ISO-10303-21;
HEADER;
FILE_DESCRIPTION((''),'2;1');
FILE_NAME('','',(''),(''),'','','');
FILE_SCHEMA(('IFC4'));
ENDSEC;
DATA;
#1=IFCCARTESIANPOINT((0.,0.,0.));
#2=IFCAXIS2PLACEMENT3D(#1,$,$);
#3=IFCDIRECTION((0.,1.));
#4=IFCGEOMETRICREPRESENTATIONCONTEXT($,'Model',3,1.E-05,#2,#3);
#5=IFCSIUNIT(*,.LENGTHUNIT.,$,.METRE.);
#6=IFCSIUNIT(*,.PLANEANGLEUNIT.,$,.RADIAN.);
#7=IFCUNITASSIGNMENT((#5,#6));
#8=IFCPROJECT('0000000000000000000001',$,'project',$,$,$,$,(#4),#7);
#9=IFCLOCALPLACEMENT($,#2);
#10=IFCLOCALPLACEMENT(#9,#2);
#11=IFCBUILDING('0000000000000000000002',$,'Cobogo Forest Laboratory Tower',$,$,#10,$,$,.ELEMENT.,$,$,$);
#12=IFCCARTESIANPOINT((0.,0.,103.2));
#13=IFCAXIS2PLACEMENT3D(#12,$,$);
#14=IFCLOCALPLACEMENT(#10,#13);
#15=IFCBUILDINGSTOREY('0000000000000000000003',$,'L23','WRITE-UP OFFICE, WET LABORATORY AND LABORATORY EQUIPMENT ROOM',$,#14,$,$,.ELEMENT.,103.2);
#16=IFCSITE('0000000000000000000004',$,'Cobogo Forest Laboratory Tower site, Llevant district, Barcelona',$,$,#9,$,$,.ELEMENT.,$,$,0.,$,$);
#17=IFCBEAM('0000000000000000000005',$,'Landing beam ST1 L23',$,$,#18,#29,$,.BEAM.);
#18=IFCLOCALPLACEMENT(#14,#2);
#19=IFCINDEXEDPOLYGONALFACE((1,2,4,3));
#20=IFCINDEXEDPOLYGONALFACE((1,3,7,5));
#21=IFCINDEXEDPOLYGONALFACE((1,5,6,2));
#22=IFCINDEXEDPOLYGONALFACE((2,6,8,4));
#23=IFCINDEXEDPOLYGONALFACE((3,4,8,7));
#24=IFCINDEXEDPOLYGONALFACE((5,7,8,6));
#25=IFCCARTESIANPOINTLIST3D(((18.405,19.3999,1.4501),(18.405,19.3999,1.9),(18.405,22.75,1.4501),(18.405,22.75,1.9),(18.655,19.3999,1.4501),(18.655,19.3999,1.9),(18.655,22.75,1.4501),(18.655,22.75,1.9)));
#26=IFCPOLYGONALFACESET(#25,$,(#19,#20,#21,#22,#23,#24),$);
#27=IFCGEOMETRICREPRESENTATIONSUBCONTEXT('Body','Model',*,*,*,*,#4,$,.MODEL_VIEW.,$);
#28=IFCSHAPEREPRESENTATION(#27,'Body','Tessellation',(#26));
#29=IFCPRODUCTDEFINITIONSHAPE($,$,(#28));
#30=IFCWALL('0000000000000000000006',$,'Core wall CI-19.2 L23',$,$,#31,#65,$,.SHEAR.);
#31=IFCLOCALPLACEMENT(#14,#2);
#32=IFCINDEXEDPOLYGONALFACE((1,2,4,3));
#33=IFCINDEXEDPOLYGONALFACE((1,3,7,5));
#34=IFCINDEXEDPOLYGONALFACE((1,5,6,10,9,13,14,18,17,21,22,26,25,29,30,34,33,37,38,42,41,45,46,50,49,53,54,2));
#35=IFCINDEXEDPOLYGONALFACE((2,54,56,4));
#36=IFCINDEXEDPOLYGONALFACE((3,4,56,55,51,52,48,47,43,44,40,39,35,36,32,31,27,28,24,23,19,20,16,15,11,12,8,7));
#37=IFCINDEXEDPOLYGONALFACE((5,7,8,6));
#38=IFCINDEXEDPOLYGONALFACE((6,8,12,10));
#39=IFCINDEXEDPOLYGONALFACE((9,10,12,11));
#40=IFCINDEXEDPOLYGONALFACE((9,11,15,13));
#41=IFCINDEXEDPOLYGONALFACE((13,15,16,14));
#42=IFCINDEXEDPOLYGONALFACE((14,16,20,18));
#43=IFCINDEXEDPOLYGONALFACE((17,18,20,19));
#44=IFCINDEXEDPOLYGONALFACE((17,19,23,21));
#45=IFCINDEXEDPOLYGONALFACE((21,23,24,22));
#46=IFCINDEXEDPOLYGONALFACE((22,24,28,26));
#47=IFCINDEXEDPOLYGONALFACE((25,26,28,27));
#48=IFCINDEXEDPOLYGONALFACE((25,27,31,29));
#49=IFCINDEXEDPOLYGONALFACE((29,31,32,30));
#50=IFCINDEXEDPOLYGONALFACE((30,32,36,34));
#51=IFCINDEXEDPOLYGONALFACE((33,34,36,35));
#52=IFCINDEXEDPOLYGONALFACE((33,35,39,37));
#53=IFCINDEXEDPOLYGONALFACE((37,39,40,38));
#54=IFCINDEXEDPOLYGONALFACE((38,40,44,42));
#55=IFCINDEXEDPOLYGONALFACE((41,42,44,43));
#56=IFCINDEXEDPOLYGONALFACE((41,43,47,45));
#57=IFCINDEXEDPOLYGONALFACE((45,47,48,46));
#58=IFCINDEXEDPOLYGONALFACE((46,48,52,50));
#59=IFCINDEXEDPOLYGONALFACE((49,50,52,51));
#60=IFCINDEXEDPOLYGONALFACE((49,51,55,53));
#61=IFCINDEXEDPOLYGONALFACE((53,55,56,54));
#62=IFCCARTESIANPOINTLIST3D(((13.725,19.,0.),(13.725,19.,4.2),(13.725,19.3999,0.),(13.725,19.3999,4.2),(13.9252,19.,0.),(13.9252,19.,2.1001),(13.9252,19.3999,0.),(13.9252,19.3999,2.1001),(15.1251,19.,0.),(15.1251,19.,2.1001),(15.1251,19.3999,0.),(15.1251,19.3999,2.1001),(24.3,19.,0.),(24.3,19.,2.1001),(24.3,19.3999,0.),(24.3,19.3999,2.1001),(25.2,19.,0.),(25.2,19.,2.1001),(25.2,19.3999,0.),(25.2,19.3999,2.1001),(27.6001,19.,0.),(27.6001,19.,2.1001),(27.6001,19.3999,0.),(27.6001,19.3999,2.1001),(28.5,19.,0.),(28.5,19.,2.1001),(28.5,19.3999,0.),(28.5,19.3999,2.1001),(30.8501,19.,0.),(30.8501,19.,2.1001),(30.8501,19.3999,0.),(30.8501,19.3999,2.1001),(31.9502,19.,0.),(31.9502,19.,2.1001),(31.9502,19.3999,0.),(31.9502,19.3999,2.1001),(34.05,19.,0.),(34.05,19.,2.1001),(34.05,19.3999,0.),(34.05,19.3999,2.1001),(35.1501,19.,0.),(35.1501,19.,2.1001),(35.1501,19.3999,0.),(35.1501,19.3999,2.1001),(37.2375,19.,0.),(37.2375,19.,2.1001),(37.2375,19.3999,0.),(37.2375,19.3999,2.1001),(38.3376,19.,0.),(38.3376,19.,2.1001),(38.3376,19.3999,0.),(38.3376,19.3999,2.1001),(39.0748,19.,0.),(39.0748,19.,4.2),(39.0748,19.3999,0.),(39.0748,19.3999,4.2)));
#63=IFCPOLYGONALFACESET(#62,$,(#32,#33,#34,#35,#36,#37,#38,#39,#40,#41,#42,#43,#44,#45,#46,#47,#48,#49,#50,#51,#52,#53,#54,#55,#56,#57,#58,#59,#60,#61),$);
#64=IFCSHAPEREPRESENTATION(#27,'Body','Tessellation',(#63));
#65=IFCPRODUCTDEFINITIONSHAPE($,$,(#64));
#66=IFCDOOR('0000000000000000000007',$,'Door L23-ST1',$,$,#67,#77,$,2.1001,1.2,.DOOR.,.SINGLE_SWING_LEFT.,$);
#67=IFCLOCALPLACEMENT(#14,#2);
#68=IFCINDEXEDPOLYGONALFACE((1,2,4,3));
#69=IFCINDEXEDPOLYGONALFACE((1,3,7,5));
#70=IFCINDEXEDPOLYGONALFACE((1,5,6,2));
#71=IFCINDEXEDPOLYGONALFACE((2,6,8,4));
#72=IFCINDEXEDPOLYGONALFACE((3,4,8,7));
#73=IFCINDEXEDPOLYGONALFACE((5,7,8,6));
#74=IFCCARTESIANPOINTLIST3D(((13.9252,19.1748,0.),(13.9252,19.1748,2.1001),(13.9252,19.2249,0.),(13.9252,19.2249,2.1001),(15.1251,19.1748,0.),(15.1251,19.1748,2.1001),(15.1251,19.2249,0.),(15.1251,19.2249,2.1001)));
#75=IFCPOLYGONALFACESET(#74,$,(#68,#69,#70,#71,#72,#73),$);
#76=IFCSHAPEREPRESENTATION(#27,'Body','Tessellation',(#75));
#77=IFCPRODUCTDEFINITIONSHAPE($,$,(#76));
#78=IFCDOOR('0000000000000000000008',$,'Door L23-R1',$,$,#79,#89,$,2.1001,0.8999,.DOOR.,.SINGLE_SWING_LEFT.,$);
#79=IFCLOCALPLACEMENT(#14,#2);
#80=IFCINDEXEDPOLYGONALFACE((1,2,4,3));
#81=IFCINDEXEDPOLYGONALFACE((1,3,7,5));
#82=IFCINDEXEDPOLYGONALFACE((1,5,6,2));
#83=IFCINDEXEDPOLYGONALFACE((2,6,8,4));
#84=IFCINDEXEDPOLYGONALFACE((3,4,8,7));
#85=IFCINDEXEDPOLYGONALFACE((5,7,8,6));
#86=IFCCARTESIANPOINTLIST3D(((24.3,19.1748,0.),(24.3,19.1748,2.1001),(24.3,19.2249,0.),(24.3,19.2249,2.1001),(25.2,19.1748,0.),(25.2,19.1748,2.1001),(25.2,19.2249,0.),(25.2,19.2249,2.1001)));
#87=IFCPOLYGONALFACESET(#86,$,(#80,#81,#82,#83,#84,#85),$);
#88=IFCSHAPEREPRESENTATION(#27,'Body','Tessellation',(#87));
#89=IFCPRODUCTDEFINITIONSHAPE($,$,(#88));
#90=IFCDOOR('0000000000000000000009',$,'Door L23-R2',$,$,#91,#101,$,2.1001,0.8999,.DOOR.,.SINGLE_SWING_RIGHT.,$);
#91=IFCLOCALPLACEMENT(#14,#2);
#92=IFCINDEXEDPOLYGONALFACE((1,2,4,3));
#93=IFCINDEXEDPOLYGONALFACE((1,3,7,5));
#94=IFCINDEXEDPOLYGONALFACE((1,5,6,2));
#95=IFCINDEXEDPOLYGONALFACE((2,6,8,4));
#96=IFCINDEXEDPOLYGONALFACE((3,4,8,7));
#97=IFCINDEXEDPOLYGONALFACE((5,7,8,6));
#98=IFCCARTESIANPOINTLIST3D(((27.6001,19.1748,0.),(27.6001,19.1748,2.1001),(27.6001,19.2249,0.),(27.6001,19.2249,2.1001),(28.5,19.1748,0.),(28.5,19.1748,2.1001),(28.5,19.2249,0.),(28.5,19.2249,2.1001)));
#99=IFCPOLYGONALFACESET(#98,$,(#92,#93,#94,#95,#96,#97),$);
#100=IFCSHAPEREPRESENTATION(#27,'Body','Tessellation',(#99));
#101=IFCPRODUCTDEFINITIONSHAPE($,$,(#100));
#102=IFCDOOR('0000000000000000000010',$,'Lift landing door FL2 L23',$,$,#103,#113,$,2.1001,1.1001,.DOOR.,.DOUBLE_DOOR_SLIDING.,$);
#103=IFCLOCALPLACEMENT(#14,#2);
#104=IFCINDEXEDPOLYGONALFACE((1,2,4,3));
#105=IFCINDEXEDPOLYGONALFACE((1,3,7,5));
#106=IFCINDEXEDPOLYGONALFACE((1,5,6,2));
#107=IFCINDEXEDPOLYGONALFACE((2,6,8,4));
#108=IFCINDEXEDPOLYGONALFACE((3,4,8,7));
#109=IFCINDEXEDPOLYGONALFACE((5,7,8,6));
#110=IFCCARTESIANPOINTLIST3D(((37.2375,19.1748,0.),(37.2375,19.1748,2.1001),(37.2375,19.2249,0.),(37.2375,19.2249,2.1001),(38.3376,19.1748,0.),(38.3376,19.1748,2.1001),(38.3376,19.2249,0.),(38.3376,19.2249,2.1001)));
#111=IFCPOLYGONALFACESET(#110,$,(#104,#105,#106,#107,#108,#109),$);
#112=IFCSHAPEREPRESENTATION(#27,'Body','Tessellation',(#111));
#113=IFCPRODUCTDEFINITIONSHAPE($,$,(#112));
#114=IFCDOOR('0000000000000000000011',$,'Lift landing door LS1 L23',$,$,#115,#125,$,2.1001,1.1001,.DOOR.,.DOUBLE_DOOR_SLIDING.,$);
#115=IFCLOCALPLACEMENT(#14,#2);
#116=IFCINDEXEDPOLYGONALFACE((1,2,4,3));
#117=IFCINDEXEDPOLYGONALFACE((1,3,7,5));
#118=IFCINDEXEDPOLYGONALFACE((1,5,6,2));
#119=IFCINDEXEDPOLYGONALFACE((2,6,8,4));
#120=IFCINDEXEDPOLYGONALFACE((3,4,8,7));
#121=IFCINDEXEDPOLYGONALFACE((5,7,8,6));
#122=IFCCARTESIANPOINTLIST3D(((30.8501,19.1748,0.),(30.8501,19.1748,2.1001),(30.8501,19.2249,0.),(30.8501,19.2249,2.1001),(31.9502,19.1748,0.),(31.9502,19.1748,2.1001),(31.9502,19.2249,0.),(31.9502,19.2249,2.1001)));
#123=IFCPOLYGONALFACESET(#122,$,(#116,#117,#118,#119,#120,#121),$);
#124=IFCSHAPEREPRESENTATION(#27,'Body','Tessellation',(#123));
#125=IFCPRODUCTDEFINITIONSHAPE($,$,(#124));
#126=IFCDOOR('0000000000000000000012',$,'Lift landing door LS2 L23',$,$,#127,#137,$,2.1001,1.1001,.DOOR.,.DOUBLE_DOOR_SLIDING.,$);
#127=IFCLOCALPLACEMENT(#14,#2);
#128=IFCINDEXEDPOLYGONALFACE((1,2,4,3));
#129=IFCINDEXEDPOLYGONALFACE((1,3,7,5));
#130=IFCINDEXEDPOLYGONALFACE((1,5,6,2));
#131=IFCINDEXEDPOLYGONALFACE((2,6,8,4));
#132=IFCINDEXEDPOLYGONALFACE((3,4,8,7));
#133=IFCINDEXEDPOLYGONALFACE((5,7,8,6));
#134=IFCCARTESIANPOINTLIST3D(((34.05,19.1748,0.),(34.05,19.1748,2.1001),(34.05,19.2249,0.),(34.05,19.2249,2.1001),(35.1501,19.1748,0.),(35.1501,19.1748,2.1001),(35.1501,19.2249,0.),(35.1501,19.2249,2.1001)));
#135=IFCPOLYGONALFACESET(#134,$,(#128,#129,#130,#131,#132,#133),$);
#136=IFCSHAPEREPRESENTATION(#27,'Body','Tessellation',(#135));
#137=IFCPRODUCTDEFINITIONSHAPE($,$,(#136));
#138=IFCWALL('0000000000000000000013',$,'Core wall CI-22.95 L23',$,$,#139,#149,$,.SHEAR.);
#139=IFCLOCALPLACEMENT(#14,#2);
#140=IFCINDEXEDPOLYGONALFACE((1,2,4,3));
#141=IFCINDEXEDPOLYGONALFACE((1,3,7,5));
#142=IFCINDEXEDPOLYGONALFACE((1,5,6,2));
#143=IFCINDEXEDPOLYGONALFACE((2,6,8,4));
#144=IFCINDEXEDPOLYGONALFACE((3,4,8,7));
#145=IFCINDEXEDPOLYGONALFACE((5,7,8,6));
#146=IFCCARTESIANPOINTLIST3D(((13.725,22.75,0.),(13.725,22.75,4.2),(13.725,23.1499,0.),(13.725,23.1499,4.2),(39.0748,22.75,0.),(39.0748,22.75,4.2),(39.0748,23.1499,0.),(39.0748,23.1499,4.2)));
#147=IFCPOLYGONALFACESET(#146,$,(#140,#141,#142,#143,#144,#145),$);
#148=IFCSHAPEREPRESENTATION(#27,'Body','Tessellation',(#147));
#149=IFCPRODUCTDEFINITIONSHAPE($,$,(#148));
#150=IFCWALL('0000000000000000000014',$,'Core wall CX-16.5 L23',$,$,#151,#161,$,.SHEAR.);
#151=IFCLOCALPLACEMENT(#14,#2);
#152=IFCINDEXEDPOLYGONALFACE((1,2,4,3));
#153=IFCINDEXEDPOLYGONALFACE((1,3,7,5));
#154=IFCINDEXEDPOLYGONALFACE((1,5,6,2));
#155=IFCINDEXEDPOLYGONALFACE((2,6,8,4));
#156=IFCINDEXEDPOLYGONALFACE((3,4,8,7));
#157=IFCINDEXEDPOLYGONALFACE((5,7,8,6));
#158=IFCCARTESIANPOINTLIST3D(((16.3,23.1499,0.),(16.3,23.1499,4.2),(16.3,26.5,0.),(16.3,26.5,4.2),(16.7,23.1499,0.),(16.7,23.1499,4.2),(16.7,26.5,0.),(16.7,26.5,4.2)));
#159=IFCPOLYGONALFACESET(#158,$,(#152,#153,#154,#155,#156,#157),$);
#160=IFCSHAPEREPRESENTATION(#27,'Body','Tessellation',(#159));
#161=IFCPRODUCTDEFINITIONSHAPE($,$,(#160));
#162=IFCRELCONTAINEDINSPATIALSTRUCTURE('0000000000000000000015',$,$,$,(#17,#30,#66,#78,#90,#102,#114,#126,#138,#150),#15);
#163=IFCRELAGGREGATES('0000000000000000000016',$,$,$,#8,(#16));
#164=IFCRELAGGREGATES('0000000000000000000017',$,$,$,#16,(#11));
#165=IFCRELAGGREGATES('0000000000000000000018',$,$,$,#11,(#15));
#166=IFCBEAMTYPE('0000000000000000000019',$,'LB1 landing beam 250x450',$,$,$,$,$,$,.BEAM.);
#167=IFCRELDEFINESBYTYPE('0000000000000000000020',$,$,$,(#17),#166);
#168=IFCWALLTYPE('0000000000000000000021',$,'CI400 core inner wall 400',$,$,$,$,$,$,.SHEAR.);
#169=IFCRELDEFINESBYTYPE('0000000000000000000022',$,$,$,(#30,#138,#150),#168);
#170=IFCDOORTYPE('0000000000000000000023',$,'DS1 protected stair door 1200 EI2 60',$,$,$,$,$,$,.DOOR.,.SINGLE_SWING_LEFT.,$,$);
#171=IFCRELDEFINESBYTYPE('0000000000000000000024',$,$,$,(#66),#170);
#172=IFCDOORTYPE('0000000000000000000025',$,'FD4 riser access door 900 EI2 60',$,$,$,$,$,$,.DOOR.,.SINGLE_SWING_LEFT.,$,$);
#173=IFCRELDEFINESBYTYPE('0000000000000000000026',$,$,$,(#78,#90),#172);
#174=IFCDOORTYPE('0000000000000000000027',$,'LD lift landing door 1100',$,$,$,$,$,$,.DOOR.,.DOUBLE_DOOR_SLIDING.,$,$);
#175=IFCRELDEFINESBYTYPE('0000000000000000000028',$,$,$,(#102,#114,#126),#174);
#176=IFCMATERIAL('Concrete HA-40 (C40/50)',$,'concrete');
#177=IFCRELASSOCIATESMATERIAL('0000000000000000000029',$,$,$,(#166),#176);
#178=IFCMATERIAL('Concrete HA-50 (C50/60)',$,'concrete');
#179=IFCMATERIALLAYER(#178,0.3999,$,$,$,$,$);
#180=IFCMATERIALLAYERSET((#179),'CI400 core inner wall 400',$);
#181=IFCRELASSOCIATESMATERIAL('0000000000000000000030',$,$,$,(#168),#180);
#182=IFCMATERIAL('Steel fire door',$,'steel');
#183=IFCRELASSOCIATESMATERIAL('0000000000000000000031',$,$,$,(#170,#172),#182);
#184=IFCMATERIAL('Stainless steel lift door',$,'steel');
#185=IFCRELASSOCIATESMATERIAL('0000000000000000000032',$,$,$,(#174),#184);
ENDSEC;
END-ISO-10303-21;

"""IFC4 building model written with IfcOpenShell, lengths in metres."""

from ifc_helpers import new_model, si_unit, direction, frame, frame_2d, origin, origin_2d, place, context, subcontext, project, spatial, rectangle, extrude, material, layer, layer_set, material_profile, profile_set, type_object, element, fill, save


model = new_model("IFC4")

# Units and contexts
model_context = context("Model", 3, precision=1e-05, world=origin(), true_north=direction((0.0, 1.0)))
body_context = subcontext(model_context, "Body", "Model", "MODEL_VIEW")
ifc_project = project(units=[si_unit("LENGTHUNIT", "METRE"), si_unit("PLANEANGLEUNIT", "RADIAN")], contexts=[model_context])

# Site, building, storey
site_placement = place(None, origin())
site = spatial("IfcSite", under=ifc_project, at=site_placement, Name="Cobogo Forest Laboratory Tower site, Llevant district, Barcelona", CompositionType="ELEMENT", RefElevation=0.0)
building_placement = place(site_placement, origin())
building = spatial("IfcBuilding", under=site, at=building_placement, Name="Cobogo Forest Laboratory Tower", CompositionType="ELEMENT")
storey_placement = place(building_placement, frame((0.0, 0.0, 103.2)))
storey = spatial("IfcBuildingStorey", under=building, at=storey_placement, Name="L23", Description="WRITE-UP OFFICE, WET LABORATORY AND LABORATORY EQUIPMENT ROOM", CompositionType="ELEMENT", Elevation=103.2)

# Beam
ifc_material_1 = material(Name="Concrete HA-40 (C40/50)", Category="concrete")
ifc_material_profile = material_profile(ifc_material_1, rectangle(XDim=0.25, YDim=0.45, at=origin_2d()), Name="RC 250x450")
ifc_profile_set = profile_set([ifc_material_profile], Name="Concrete HA-40 (C40/50)")
beam_type = type_object("IfcBeamType", Name="LB1 landing beam 250x450", PredefinedType="BEAM", material=ifc_profile_set)
beam_placement = place(storey_placement, frame((18.53, 19.3999, 1.675), z_axis=(0.0, 1.0, 0.0), x_axis=(-1.0, 0.0, 0.0)))
element("IfcBeam", 1, at=beam_placement, inside=storey, type_object=beam_type, Name="Landing beam ST1 L23", PredefinedType="BEAM", context=body_context, shape_type="SweptSolid", body=[
    extrude(rectangle(XDim=0.25, YDim=0.45, at=origin_2d()), origin(), (0.0, 0.0, 1.0), 3.3501),
])

# Wall, openings, doors
ifc_material_2 = material(Name="Concrete HA-50 (C50/60)", Category="concrete")
ifc_layer = layer(ifc_material_2, 0.3999)
ifc_layer_set = layer_set([ifc_layer], Name="CI400 core inner wall 400")
wall_type = type_object("IfcWallType", Name="CI400 core inner wall 400", PredefinedType="SHEAR", material=ifc_layer_set)
wall_1_placement = place(storey_placement, frame((13.7251, 19.2, 0.0), z_axis=(0.0, 0.0, 1.0), x_axis=(1.0, 0.0, 0.0)))
wall_1 = element("IfcWall", 2, at=wall_1_placement, inside=storey, type_object=wall_type, Name="Core wall CI-19.2 L23", PredefinedType="SHEAR", context=body_context, shape_type="SweptSolid", body=[
    extrude(rectangle(XDim=25.3499, YDim=0.3999, at=frame_2d((12.6748, 0.0))), origin(), (0.0, 0.0, 1.0), 4.2),
])
opening_1_placement = place(wall_1_placement, frame((10.575, 0.0, 0.0)))
opening_1 = element("IfcOpeningElement", 3, at=opening_1_placement, cuts=wall_1, PredefinedType="OPENING", context=body_context, shape_type="SweptSolid", body=[
    extrude(rectangle(XDim=0.8999, YDim=2.1001, at=frame_2d((0.45, 1.05))), frame((0.0, 0.21, 0.0), z_axis=(0.0, -1.0, 0.0), x_axis=(1.0, 0.0, 0.0)), (0.0, 0.0, 1.0), 0.4199),
])
opening_2_placement = place(wall_1_placement, frame((13.875, 0.0, 0.0)))
opening_2 = element("IfcOpeningElement", 4, at=opening_2_placement, cuts=wall_1, PredefinedType="OPENING", context=body_context, shape_type="SweptSolid", body=[
    extrude(rectangle(XDim=0.8999, YDim=2.1001, at=frame_2d((0.45, 1.05))), frame((0.0, 0.21, 0.0), z_axis=(0.0, -1.0, 0.0), x_axis=(1.0, 0.0, 0.0)), (0.0, 0.0, 1.0), 0.4199),
])
opening_3_placement = place(wall_1_placement, frame((0.2, 0.0, 0.0)))
opening_3 = element("IfcOpeningElement", 5, at=opening_3_placement, cuts=wall_1, PredefinedType="OPENING", context=body_context, shape_type="SweptSolid", body=[
    extrude(rectangle(XDim=1.2, YDim=2.1001, at=frame_2d((0.6001, 1.05))), frame((0.0, 0.21, 0.0), z_axis=(0.0, -1.0, 0.0), x_axis=(1.0, 0.0, 0.0)), (0.0, 0.0, 1.0), 0.4199),
])
opening_4_placement = place(wall_1_placement, frame((23.5125, 0.0, 0.0)))
opening_4 = element("IfcOpeningElement", 6, at=opening_4_placement, cuts=wall_1, PredefinedType="OPENING", context=body_context, shape_type="SweptSolid", body=[
    extrude(rectangle(XDim=1.1001, YDim=2.1001, at=frame_2d((0.55, 1.05))), frame((0.0, 0.21, 0.0), z_axis=(0.0, -1.0, 0.0), x_axis=(1.0, 0.0, 0.0)), (0.0, 0.0, 1.0), 0.4199),
])
opening_5_placement = place(wall_1_placement, frame((17.125, 0.0, 0.0)))
opening_5 = element("IfcOpeningElement", 7, at=opening_5_placement, cuts=wall_1, PredefinedType="OPENING", context=body_context, shape_type="SweptSolid", body=[
    extrude(rectangle(XDim=1.1001, YDim=2.1001, at=frame_2d((0.55, 1.05))), frame((0.0, 0.21, 0.0), z_axis=(0.0, -1.0, 0.0), x_axis=(1.0, 0.0, 0.0)), (0.0, 0.0, 1.0), 0.4199),
])
opening_6_placement = place(wall_1_placement, frame((20.325, 0.0, 0.0)))
opening_6 = element("IfcOpeningElement", 8, at=opening_6_placement, cuts=wall_1, PredefinedType="OPENING", context=body_context, shape_type="SweptSolid", body=[
    extrude(rectangle(XDim=1.1001, YDim=2.1001, at=frame_2d((0.55, 1.05))), frame((0.0, 0.21, 0.0), z_axis=(0.0, -1.0, 0.0), x_axis=(1.0, 0.0, 0.0)), (0.0, 0.0, 1.0), 0.4199),
])
ifc_material_3 = material(Name="Steel fire door", Category="steel")
door_type_1 = type_object("IfcDoorType", Name="DS1 protected stair door 1200 EI2 60", OperationType="SINGLE_SWING_LEFT", PredefinedType="DOOR", material=ifc_material_3)
door_1_placement = place(opening_3_placement, origin())
door_1 = element("IfcDoor", 9, at=door_1_placement, inside=storey, type_object=door_type_1, Name="Door L23-ST1", OperationType="SINGLE_SWING_LEFT", OverallHeight=2.1001, OverallWidth=1.2, PredefinedType="DOOR", context=body_context, shape_type="SweptSolid", body=[
    extrude(rectangle(XDim=1.2, YDim=2.1001, at=frame_2d((0.6001, 1.05))), frame((0.0, 0.0249, 0.0), z_axis=(0.0, -1.0, 0.0), x_axis=(1.0, 0.0, 0.0)), (0.0, 0.0, 1.0), 0.05),
])
fill(opening_3, door_1)
door_type_2 = type_object("IfcDoorType", Name="FD4 riser access door 900 EI2 60", OperationType="SINGLE_SWING_LEFT", PredefinedType="DOOR", material=ifc_material_3)
door_2_placement = place(opening_1_placement, origin())
door_2 = element("IfcDoor", 10, at=door_2_placement, inside=storey, type_object=door_type_2, Name="Door L23-R1", OperationType="SINGLE_SWING_LEFT", OverallHeight=2.1001, OverallWidth=0.8999, PredefinedType="DOOR", context=body_context, shape_type="SweptSolid", body=[
    extrude(rectangle(XDim=0.8999, YDim=2.1001, at=frame_2d((0.45, 1.05))), frame((0.0, 0.0249, 0.0), z_axis=(0.0, -1.0, 0.0), x_axis=(1.0, 0.0, 0.0)), (0.0, 0.0, 1.0), 0.05),
])
fill(opening_1, door_2)
door_3_placement = place(opening_2_placement, origin())
door_3 = element("IfcDoor", 11, at=door_3_placement, inside=storey, type_object=door_type_2, Name="Door L23-R2", OperationType="SINGLE_SWING_RIGHT", OverallHeight=2.1001, OverallWidth=0.8999, PredefinedType="DOOR", context=body_context, shape_type="SweptSolid", body=[
    extrude(rectangle(XDim=0.8999, YDim=2.1001, at=frame_2d((0.45, 1.05))), frame((0.0, 0.0249, 0.0), z_axis=(0.0, -1.0, 0.0), x_axis=(1.0, 0.0, 0.0)), (0.0, 0.0, 1.0), 0.05),
])
fill(opening_2, door_3)
ifc_material_4 = material(Name="Stainless steel lift door", Category="steel")
door_type_3 = type_object("IfcDoorType", Name="LD lift landing door 1100", OperationType="DOUBLE_DOOR_SLIDING", PredefinedType="DOOR", material=ifc_material_4)
door_4_placement = place(opening_4_placement, origin())
door_4 = element("IfcDoor", 12, at=door_4_placement, inside=storey, type_object=door_type_3, Name="Lift landing door FL2 L23", OperationType="DOUBLE_DOOR_SLIDING", OverallHeight=2.1001, OverallWidth=1.1001, PredefinedType="DOOR", context=body_context, shape_type="SweptSolid", body=[
    extrude(rectangle(XDim=1.1001, YDim=2.1001, at=frame_2d((0.55, 1.05))), frame((0.0, 0.0249, 0.0), z_axis=(0.0, -1.0, 0.0), x_axis=(1.0, 0.0, 0.0)), (0.0, 0.0, 1.0), 0.05),
])
fill(opening_4, door_4)
door_5_placement = place(opening_5_placement, origin())
door_5 = element("IfcDoor", 13, at=door_5_placement, inside=storey, type_object=door_type_3, Name="Lift landing door LS1 L23", OperationType="DOUBLE_DOOR_SLIDING", OverallHeight=2.1001, OverallWidth=1.1001, PredefinedType="DOOR", context=body_context, shape_type="SweptSolid", body=[
    extrude(rectangle(XDim=1.1001, YDim=2.1001, at=frame_2d((0.55, 1.05))), frame((0.0, 0.0249, 0.0), z_axis=(0.0, -1.0, 0.0), x_axis=(1.0, 0.0, 0.0)), (0.0, 0.0, 1.0), 0.05),
])
fill(opening_5, door_5)
door_6_placement = place(opening_6_placement, origin())
door_6 = element("IfcDoor", 14, at=door_6_placement, inside=storey, type_object=door_type_3, Name="Lift landing door LS2 L23", OperationType="DOUBLE_DOOR_SLIDING", OverallHeight=2.1001, OverallWidth=1.1001, PredefinedType="DOOR", context=body_context, shape_type="SweptSolid", body=[
    extrude(rectangle(XDim=1.1001, YDim=2.1001, at=frame_2d((0.55, 1.05))), frame((0.0, 0.0249, 0.0), z_axis=(0.0, -1.0, 0.0), x_axis=(1.0, 0.0, 0.0)), (0.0, 0.0, 1.0), 0.05),
])
fill(opening_6, door_6)

# Walls
wall_2_placement = place(storey_placement, frame((13.7251, 22.95, 0.0), z_axis=(0.0, 0.0, 1.0), x_axis=(1.0, 0.0, 0.0)))
element("IfcWall", 15, at=wall_2_placement, inside=storey, type_object=wall_type, Name="Core wall CI-22.95 L23", PredefinedType="SHEAR", context=body_context, shape_type="SweptSolid", body=[
    extrude(rectangle(XDim=25.3499, YDim=0.3999, at=frame_2d((12.6748, 0.0))), origin(), (0.0, 0.0, 1.0), 4.2),
])
wall_3_placement = place(storey_placement, frame((16.5, 23.1499, 0.0), z_axis=(0.0, 0.0, 1.0), x_axis=(0.0, 1.0, 0.0)))
element("IfcWall", 16, at=wall_3_placement, inside=storey, type_object=wall_type, Name="Core wall CX-16.5 L23", PredefinedType="SHEAR", context=body_context, shape_type="SweptSolid", body=[
    extrude(rectangle(XDim=3.3501, YDim=0.3999, at=frame_2d((1.675, 0.0))), origin(), (0.0, 0.0, 1.0), 4.2),
])

save(model, "model.ifc")
